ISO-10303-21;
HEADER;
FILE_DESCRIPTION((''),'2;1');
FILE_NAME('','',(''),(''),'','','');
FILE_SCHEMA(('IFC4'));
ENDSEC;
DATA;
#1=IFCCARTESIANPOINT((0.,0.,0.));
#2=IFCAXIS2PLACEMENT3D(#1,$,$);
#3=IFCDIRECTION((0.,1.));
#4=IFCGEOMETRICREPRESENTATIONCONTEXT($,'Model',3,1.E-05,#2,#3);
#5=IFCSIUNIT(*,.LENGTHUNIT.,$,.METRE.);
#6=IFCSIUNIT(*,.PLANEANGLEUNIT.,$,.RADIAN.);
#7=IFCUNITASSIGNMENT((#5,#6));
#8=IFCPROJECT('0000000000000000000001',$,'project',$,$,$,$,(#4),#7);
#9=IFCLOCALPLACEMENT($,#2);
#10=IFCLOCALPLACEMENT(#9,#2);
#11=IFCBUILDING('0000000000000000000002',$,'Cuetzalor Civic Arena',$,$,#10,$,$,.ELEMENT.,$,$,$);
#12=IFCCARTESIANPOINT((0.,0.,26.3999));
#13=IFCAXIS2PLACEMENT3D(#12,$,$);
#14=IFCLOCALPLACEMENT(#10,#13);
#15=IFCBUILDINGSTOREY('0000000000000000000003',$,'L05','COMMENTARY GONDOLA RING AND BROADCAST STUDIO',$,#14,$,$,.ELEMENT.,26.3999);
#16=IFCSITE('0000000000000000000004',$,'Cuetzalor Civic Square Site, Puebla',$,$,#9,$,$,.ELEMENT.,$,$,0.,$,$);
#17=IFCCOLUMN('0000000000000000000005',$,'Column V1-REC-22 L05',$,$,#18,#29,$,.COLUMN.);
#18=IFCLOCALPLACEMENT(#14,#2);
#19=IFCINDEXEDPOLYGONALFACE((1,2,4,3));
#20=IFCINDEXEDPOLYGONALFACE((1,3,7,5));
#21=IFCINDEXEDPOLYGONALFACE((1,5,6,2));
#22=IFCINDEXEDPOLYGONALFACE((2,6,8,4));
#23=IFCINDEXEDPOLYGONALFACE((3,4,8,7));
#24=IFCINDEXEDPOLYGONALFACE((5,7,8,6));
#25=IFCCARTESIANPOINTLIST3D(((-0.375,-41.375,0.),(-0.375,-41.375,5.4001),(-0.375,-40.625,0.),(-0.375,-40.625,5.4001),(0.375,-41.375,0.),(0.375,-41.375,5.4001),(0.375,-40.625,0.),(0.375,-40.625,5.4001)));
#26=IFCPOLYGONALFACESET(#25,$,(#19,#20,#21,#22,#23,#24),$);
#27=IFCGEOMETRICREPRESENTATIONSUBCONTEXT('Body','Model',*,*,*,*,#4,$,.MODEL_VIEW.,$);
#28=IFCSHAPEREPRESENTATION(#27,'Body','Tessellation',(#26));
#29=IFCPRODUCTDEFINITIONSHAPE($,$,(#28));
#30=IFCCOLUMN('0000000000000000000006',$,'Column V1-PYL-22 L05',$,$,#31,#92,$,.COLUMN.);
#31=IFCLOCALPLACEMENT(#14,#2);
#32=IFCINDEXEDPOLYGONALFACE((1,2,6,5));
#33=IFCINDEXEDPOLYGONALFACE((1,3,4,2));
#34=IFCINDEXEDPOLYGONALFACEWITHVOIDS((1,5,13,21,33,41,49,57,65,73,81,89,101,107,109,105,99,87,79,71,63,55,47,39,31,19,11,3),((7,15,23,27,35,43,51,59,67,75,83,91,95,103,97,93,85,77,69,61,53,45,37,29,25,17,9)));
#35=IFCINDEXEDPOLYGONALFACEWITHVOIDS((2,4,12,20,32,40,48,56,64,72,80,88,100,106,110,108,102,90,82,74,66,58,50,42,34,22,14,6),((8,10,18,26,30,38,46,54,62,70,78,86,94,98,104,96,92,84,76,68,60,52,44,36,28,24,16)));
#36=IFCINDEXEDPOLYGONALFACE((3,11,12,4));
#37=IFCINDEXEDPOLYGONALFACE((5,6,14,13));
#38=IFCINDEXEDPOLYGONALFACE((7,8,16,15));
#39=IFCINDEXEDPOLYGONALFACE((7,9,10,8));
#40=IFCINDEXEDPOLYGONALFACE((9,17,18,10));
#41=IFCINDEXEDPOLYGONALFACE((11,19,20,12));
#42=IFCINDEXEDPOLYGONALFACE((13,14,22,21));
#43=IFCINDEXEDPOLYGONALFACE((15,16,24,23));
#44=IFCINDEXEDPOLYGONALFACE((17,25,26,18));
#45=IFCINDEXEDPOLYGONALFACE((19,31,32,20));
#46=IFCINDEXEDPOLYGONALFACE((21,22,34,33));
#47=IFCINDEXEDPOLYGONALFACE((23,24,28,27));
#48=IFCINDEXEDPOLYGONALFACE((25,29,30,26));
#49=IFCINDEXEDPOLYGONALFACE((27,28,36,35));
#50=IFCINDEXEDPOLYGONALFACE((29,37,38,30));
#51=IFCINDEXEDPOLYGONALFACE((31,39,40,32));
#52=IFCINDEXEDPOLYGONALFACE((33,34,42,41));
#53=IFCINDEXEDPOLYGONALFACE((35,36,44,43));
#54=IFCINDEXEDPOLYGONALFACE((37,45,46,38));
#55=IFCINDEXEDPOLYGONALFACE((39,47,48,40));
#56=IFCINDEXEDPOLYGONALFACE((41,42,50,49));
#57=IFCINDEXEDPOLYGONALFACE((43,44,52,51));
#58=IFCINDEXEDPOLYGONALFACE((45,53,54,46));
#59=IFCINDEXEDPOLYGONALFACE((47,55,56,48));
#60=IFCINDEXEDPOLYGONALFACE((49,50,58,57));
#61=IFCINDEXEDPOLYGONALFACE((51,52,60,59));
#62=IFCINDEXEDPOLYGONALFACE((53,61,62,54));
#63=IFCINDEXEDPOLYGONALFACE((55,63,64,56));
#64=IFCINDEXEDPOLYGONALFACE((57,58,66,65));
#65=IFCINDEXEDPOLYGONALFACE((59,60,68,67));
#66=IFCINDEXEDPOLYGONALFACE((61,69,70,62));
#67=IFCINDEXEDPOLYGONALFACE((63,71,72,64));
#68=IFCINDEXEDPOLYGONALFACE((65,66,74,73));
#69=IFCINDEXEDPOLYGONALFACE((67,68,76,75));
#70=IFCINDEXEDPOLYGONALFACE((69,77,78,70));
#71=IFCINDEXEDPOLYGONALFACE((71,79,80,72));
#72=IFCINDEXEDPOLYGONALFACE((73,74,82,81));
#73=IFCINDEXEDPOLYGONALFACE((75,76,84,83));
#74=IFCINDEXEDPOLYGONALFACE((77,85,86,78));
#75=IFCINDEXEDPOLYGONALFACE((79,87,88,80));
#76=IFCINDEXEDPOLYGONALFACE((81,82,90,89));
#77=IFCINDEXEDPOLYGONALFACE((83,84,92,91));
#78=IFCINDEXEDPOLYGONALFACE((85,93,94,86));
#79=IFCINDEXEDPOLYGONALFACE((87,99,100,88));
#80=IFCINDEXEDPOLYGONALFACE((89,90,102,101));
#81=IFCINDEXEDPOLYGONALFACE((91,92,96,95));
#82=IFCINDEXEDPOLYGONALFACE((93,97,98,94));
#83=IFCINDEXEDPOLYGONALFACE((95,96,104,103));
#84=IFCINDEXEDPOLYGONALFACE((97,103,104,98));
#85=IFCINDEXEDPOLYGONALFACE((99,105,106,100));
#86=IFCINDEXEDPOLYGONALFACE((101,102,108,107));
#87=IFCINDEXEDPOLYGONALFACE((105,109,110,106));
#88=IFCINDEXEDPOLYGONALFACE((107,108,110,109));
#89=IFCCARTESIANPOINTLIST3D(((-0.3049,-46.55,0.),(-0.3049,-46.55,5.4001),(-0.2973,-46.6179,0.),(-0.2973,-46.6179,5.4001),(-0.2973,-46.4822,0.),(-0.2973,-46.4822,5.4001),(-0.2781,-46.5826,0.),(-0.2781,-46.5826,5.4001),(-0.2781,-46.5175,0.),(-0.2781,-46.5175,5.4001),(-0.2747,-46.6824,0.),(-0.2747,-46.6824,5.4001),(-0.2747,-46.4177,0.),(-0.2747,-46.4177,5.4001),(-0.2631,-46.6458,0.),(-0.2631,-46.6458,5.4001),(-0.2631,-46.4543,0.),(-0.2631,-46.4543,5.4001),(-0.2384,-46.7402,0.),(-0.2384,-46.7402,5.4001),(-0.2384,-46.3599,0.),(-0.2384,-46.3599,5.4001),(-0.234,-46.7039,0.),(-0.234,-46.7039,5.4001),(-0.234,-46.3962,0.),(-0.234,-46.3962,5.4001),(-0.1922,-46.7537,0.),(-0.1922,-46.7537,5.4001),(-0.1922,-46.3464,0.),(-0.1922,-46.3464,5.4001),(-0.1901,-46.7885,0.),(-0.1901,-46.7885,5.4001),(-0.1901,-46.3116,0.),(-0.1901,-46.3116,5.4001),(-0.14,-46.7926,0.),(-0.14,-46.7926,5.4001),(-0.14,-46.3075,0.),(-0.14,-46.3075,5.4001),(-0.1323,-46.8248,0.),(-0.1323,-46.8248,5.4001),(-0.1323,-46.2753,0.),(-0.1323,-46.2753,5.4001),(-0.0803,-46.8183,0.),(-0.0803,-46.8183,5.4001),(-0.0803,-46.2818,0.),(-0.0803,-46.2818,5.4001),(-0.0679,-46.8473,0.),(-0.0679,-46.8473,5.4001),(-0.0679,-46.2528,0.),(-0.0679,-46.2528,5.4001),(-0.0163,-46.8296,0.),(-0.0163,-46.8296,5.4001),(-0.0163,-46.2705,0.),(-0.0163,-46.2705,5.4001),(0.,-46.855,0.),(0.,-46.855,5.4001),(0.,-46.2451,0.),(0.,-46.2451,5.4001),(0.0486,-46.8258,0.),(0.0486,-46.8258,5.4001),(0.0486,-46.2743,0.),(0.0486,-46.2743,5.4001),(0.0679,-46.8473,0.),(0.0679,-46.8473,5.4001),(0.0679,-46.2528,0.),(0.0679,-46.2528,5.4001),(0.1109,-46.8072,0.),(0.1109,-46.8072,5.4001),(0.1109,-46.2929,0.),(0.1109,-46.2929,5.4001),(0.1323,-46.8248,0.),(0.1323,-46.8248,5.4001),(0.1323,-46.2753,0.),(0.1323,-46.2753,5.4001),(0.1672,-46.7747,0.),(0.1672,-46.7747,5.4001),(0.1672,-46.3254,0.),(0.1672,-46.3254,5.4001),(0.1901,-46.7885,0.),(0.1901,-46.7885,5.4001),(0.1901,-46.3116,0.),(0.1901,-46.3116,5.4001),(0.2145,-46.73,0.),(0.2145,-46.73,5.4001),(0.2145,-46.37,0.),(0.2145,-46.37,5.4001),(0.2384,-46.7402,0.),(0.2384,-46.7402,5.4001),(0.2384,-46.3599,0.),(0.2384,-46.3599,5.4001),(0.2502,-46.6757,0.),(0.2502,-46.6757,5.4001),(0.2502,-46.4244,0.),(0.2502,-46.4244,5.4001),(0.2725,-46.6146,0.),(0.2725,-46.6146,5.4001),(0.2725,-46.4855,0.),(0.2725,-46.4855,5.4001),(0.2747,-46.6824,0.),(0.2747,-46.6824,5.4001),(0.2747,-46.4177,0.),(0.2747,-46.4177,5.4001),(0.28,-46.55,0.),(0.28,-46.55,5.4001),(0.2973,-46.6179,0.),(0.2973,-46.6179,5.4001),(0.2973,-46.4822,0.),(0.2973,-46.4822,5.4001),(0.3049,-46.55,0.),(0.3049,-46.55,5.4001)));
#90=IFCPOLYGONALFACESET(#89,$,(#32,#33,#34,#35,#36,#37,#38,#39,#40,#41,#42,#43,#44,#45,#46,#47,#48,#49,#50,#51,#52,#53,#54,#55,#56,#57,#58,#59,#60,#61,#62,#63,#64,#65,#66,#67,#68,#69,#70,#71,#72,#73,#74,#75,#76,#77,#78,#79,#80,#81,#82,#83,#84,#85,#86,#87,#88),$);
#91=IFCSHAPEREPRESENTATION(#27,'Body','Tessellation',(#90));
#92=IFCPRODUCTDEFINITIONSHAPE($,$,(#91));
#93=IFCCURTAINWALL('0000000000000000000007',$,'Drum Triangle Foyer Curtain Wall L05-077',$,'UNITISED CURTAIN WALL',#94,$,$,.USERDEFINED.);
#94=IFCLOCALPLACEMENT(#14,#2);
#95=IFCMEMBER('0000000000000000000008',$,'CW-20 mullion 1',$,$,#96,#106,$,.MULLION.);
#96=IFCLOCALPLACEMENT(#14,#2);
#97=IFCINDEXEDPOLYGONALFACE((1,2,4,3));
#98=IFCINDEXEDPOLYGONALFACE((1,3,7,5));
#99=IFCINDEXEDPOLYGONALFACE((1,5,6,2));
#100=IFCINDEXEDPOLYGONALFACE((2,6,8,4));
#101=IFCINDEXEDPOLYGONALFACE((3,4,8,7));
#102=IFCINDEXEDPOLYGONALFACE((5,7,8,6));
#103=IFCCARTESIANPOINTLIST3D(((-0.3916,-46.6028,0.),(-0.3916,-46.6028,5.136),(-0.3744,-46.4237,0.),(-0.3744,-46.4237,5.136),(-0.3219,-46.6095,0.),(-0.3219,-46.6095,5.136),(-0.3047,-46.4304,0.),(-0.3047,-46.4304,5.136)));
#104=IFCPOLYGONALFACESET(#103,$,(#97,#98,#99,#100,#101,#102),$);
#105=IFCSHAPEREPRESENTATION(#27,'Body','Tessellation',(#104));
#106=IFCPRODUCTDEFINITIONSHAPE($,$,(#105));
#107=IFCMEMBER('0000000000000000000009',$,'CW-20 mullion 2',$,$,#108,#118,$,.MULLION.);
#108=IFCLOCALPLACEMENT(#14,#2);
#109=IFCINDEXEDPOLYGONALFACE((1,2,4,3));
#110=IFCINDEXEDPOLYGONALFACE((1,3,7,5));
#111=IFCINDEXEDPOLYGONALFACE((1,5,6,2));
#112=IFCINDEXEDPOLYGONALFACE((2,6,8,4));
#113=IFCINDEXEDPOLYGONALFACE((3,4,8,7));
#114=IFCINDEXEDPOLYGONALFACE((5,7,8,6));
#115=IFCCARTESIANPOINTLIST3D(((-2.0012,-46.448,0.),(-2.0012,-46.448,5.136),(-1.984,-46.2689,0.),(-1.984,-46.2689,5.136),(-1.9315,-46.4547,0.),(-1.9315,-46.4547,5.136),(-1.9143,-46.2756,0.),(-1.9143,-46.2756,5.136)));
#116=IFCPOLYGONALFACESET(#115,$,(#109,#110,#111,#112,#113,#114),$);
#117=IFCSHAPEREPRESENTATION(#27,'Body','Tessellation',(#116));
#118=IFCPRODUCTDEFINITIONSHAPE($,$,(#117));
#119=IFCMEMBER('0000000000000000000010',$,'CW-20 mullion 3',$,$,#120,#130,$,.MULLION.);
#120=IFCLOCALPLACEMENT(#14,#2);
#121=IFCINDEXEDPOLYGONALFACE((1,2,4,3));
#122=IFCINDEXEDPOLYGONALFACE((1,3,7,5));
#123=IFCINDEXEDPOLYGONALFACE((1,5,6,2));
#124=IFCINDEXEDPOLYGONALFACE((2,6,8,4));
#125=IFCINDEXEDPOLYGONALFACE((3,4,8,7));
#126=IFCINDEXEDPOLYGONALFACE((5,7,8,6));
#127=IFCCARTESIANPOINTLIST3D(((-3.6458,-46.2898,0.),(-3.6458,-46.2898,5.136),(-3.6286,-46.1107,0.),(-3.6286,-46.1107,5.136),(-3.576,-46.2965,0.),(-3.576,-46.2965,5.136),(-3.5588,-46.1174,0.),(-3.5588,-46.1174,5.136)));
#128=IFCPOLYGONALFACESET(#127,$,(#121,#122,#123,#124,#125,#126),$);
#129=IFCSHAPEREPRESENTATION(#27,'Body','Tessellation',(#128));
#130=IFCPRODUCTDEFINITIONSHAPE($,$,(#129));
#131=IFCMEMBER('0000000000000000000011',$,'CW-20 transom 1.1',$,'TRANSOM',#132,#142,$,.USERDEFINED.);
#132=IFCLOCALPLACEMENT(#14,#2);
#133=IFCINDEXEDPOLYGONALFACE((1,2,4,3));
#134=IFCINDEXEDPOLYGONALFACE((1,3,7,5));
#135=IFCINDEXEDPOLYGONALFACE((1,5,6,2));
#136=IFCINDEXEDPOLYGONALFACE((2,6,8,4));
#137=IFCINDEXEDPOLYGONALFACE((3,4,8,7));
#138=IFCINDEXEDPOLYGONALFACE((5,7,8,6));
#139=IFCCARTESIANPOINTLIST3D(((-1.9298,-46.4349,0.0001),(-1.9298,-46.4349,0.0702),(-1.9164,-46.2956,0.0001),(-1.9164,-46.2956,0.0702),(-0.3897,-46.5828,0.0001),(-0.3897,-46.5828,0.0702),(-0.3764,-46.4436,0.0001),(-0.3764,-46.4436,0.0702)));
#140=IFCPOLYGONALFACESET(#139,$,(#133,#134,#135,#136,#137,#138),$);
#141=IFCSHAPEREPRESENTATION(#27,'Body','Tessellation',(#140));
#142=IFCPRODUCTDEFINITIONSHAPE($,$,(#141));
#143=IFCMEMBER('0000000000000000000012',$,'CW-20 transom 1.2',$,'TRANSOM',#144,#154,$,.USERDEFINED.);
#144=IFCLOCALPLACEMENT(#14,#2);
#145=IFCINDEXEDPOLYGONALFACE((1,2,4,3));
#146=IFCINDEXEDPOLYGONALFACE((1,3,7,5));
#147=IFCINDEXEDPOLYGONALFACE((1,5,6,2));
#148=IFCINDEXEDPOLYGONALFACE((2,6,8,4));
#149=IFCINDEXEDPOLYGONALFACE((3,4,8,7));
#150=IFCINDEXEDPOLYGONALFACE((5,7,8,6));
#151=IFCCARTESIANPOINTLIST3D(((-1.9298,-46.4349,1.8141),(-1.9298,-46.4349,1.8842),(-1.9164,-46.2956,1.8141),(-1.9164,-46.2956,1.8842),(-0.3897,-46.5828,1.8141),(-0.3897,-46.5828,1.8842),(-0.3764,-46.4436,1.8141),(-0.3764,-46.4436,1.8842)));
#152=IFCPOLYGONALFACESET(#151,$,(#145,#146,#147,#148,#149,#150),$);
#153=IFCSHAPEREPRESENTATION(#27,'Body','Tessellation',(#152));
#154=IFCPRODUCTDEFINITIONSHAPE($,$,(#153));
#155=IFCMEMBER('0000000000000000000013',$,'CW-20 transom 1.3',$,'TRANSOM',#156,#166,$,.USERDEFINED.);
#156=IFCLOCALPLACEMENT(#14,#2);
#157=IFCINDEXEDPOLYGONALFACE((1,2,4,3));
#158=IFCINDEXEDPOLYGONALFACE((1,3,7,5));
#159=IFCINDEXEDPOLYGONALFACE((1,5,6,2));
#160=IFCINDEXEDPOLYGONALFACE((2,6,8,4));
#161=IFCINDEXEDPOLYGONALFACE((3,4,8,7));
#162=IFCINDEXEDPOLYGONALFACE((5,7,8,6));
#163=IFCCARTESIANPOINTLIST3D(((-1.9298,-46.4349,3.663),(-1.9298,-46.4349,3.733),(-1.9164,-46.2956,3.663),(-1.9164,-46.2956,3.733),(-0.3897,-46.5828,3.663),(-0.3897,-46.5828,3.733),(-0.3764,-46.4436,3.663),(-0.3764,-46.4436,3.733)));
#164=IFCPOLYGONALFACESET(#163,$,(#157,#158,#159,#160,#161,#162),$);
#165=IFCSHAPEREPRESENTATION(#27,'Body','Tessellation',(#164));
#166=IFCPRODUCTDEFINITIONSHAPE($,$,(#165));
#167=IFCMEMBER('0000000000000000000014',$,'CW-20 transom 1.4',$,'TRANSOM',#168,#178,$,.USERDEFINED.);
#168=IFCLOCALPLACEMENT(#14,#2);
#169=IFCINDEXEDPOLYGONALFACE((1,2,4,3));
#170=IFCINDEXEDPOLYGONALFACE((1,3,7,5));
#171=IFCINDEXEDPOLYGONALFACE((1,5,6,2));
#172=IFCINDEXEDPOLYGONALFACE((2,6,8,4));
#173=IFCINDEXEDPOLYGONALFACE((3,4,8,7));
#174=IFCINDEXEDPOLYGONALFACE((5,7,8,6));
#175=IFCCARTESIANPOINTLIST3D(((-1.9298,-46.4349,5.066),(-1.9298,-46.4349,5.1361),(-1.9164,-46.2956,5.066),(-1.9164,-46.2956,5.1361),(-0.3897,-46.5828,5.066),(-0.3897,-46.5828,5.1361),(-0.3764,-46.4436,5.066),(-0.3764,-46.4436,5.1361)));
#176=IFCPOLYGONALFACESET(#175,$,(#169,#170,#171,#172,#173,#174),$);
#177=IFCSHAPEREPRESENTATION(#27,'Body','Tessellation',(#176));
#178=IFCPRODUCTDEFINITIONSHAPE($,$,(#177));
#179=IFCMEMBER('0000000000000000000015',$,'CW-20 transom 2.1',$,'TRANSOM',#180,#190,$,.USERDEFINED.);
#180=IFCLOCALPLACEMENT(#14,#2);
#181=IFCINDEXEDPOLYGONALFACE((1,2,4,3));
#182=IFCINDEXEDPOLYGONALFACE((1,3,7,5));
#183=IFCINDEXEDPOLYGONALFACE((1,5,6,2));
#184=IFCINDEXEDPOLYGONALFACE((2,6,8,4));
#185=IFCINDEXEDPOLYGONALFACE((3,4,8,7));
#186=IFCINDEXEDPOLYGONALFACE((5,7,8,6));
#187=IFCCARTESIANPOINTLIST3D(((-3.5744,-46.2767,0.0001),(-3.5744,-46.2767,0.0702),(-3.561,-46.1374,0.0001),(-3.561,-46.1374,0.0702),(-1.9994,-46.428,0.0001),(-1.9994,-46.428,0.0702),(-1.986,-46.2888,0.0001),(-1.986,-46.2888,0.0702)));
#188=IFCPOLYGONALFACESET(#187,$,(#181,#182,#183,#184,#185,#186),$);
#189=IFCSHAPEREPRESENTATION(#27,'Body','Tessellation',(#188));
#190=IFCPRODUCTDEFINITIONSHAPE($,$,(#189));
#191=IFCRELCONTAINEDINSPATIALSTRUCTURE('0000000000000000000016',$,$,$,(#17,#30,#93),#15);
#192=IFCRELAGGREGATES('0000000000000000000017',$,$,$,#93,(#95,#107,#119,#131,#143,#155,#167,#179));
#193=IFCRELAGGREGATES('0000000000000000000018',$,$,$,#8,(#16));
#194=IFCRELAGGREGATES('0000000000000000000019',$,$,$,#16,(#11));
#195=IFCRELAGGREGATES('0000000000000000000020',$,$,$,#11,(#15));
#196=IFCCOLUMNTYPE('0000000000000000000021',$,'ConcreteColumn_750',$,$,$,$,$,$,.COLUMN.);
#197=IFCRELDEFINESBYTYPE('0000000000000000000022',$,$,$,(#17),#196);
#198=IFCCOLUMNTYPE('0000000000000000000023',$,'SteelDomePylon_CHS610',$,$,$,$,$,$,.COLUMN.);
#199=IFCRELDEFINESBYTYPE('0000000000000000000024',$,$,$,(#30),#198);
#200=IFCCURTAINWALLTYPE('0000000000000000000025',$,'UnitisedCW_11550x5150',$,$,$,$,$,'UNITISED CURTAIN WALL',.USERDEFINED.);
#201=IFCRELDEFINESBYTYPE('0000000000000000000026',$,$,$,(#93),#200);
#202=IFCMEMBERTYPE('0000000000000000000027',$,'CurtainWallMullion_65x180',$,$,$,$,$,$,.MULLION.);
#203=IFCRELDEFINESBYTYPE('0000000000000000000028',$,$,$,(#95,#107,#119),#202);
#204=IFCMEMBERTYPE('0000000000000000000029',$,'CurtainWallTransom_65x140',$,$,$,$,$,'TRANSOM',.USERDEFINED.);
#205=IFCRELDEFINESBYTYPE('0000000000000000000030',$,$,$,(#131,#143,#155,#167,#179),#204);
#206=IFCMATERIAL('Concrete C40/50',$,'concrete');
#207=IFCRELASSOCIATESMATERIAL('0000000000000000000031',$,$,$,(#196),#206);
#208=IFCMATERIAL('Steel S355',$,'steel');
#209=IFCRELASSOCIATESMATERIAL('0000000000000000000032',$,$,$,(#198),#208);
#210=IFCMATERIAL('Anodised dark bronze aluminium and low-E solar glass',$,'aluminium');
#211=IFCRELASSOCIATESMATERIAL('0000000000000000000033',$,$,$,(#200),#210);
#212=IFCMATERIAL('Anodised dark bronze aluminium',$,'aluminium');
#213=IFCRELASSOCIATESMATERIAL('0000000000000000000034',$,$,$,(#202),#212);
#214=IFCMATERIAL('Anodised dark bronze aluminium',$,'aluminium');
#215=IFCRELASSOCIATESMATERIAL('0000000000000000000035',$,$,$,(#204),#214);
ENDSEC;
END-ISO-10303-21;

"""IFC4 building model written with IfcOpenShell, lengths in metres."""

from ifc_helpers import new_model, si_unit, direction, frame, origin, origin_2d, place, context, subcontext, project, spatial, rectangle, hollow_circle, extrude, material, material_profile, profile_set, type_object, element, aggregate, save


model = new_model("IFC4")

# Units and contexts
model_context = context("Model", 3, precision=1e-05, world=origin(), true_north=direction((0.0, 1.0)))
body_context = subcontext(model_context, "Body", "Model", "MODEL_VIEW")
ifc_project = project(units=[si_unit("LENGTHUNIT", "METRE"), si_unit("PLANEANGLEUNIT", "RADIAN")], contexts=[model_context])

# Site, building, storey
site_placement = place(None, origin())
site = spatial("IfcSite", under=ifc_project, at=site_placement, Name="Cuetzalor Civic Square Site, Puebla", CompositionType="ELEMENT", RefElevation=0.0)
building_placement = place(site_placement, origin())
building = spatial("IfcBuilding", under=site, at=building_placement, Name="Cuetzalor Civic Arena", CompositionType="ELEMENT")
storey_placement = place(building_placement, frame((0.0, 0.0, 26.3999)))
storey = spatial("IfcBuildingStorey", under=building, at=storey_placement, Name="L05", Description="COMMENTARY GONDOLA RING AND BROADCAST STUDIO", CompositionType="ELEMENT", Elevation=26.3999)

# Columns
ifc_material_1 = material(Name="Concrete C40/50", Category="concrete")
ifc_material_profile_1 = material_profile(ifc_material_1, rectangle(XDim=0.75, YDim=0.75, at=origin_2d()), Name="RC 750x750")
ifc_profile_set_1 = profile_set([ifc_material_profile_1], Name="Concrete C40/50")
column_type_1 = type_object("IfcColumnType", Name="ConcreteColumn_750", PredefinedType="COLUMN", material=ifc_profile_set_1)
column_1_placement = place(storey_placement, frame((0.0, -41.0, 0.0), z_axis=(0.0, 0.0, 1.0), x_axis=(1.0, 0.0, 0.0)))
element("IfcColumn", 1, at=column_1_placement, inside=storey, type_object=column_type_1, Name="Column V1-REC-22 L05", PredefinedType="COLUMN", context=body_context, shape_type="SweptSolid", body=[
    extrude(rectangle(XDim=0.75, YDim=0.75, at=origin_2d()), origin(), (0.0, 0.0, 1.0), 5.4001),
])
ifc_material_2 = material(Name="Steel S355", Category="steel")
ifc_material_profile_2 = material_profile(ifc_material_2, hollow_circle(Radius=0.3049, WallThickness=0.0249, at=origin_2d()), Name="CHS 610x25")
ifc_profile_set_2 = profile_set([ifc_material_profile_2], Name="Steel S355")
column_type_2 = type_object("IfcColumnType", Name="SteelDomePylon_CHS610", PredefinedType="COLUMN", material=ifc_profile_set_2)
column_2_placement = place(storey_placement, frame((0.0, -46.55, 0.0), z_axis=(0.0, 0.0, 1.0), x_axis=(1.0, 0.0, 0.0)))
element("IfcColumn", 2, at=column_2_placement, inside=storey, type_object=column_type_2, Name="Column V1-PYL-22 L05", PredefinedType="COLUMN", context=body_context, shape_type="SweptSolid", body=[
    extrude(hollow_circle(Radius=0.3049, WallThickness=0.0249, at=origin_2d()), origin(), (0.0, 0.0, 1.0), 5.4001),
])

# Curtain wall, members
ifc_material_3 = material(Name="Anodised dark bronze aluminium and low-E solar glass", Category="aluminium")
curtain_wall_type = type_object("IfcCurtainWallType", Name="UnitisedCW_11550x5150", ElementType="UNITISED CURTAIN WALL", PredefinedType="USERDEFINED", material=ifc_material_3)
curtain_wall_placement = place(storey_placement, origin())
curtain_wall = element("IfcCurtainWall", 3, at=curtain_wall_placement, inside=storey, type_object=curtain_wall_type, Name="Drum Triangle Foyer Curtain Wall L05-077", ObjectType="UNITISED CURTAIN WALL", PredefinedType="USERDEFINED")
ifc_material_4 = material(Name="Anodised dark bronze aluminium", Category="aluminium")
ifc_material_profile_3 = material_profile(ifc_material_4, rectangle(XDim=0.0701, YDim=0.1799, at=origin_2d()), Name="ALU MULLION 70x180")
ifc_profile_set_3 = profile_set([ifc_material_profile_3], Name="Anodised dark bronze aluminium")
member_type_1 = type_object("IfcMemberType", Name="CurtainWallMullion_65x180", PredefinedType="MULLION", material=ifc_profile_set_3)
member_1_placement = place(storey_placement, frame((-0.3481, -46.5166, 0.0), z_axis=(0.0, 0.0, 1.0), x_axis=(-0.995409, 0.095711, 0.0)))
member_1 = element("IfcMember", 4, at=member_1_placement, type_object=member_type_1, Name="CW-20 mullion 1", PredefinedType="MULLION", context=body_context, shape_type="SweptSolid", body=[
    extrude(rectangle(XDim=0.0701, YDim=0.1799, at=origin_2d()), origin(), (0.0, 0.0, 1.0), 5.136),
])
member_2_placement = place(storey_placement, frame((-1.9578, -46.3618, 0.0), z_axis=(0.0, 0.0, 1.0), x_axis=(-0.995409, 0.095711, 0.0)))
member_2 = element("IfcMember", 5, at=member_2_placement, type_object=member_type_1, Name="CW-20 mullion 2", PredefinedType="MULLION", context=body_context, shape_type="SweptSolid", body=[
    extrude(rectangle(XDim=0.0701, YDim=0.1799, at=origin_2d()), origin(), (0.0, 0.0, 1.0), 5.136),
])
member_3_placement = place(storey_placement, frame((-3.6023, -46.2036, 0.0), z_axis=(0.0, 0.0, 1.0), x_axis=(-0.995409, 0.095711, 0.0)))
member_3 = element("IfcMember", 6, at=member_3_placement, type_object=member_type_1, Name="CW-20 mullion 3", PredefinedType="MULLION", context=body_context, shape_type="SweptSolid", body=[
    extrude(rectangle(XDim=0.0701, YDim=0.1799, at=origin_2d()), origin(), (0.0, 0.0, 1.0), 5.136),
])
ifc_material_5 = material(Name="Anodised dark bronze aluminium", Category="aluminium")
ifc_material_profile_4 = material_profile(ifc_material_5, rectangle(XDim=0.1399, YDim=0.0701, at=origin_2d()), Name="ALU TRANSOM 70x140")
ifc_profile_set_4 = profile_set([ifc_material_profile_4], Name="Anodised dark bronze aluminium")
member_type_2 = type_object("IfcMemberType", Name="CurtainWallTransom_65x140", ElementType="TRANSOM", PredefinedType="USERDEFINED", material=ifc_profile_set_4)
member_4_placement = place(storey_placement, frame((-0.3831, -46.5132, 0.0352), z_axis=(-0.995417, 0.095628, 0.0), x_axis=(-0.095628, -0.995417, 0.0)))
member_4 = element("IfcMember", 7, at=member_4_placement, type_object=member_type_2, Name="CW-20 transom 1.1", ObjectType="TRANSOM", PredefinedType="USERDEFINED", context=body_context, shape_type="SweptSolid", body=[
    extrude(rectangle(XDim=0.1399, YDim=0.0701, at=origin_2d()), origin(), (0.0, 0.0, 1.0), 1.5471),
])
member_5_placement = place(storey_placement, frame((-0.3831, -46.5132, 1.8491), z_axis=(-0.995417, 0.095628, 0.0), x_axis=(-0.095628, -0.995417, 0.0)))
member_5 = element("IfcMember", 8, at=member_5_placement, type_object=member_type_2, Name="CW-20 transom 1.2", ObjectType="TRANSOM", PredefinedType="USERDEFINED", context=body_context, shape_type="SweptSolid", body=[
    extrude(rectangle(XDim=0.1399, YDim=0.0701, at=origin_2d()), origin(), (0.0, 0.0, 1.0), 1.5471),
])
member_6_placement = place(storey_placement, frame((-0.3831, -46.5132, 3.698), z_axis=(-0.995417, 0.095628, 0.0), x_axis=(-0.095628, -0.995417, 0.0)))
member_6 = element("IfcMember", 9, at=member_6_placement, type_object=member_type_2, Name="CW-20 transom 1.3", ObjectType="TRANSOM", PredefinedType="USERDEFINED", context=body_context, shape_type="SweptSolid", body=[
    extrude(rectangle(XDim=0.1399, YDim=0.0701, at=origin_2d()), origin(), (0.0, 0.0, 1.0), 1.5471),
])
member_7_placement = place(storey_placement, frame((-0.3831, -46.5132, 5.1011), z_axis=(-0.995417, 0.095628, 0.0), x_axis=(-0.095628, -0.995417, 0.0)))
member_7 = element("IfcMember", 10, at=member_7_placement, type_object=member_type_2, Name="CW-20 transom 1.4", ObjectType="TRANSOM", PredefinedType="USERDEFINED", context=body_context, shape_type="SweptSolid", body=[
    extrude(rectangle(XDim=0.1399, YDim=0.0701, at=origin_2d()), origin(), (0.0, 0.0, 1.0), 1.5471),
])
member_8_placement = place(storey_placement, frame((-1.9927, -46.3584, 0.0352), z_axis=(-0.995413, 0.095668, 0.0), x_axis=(-0.095668, -0.995413, 0.0)))
member_8 = element("IfcMember", 11, at=member_8_placement, type_object=member_type_2, Name="CW-20 transom 2.1", ObjectType="TRANSOM", PredefinedType="USERDEFINED", context=body_context, shape_type="SweptSolid", body=[
    extrude(rectangle(XDim=0.1399, YDim=0.0701, at=origin_2d()), origin(), (0.0, 0.0, 1.0), 1.5823),
])
aggregate(curtain_wall, [member_1, member_2, member_3, member_4, member_5, member_6, member_7, member_8])

save(model, "model.ifc")
